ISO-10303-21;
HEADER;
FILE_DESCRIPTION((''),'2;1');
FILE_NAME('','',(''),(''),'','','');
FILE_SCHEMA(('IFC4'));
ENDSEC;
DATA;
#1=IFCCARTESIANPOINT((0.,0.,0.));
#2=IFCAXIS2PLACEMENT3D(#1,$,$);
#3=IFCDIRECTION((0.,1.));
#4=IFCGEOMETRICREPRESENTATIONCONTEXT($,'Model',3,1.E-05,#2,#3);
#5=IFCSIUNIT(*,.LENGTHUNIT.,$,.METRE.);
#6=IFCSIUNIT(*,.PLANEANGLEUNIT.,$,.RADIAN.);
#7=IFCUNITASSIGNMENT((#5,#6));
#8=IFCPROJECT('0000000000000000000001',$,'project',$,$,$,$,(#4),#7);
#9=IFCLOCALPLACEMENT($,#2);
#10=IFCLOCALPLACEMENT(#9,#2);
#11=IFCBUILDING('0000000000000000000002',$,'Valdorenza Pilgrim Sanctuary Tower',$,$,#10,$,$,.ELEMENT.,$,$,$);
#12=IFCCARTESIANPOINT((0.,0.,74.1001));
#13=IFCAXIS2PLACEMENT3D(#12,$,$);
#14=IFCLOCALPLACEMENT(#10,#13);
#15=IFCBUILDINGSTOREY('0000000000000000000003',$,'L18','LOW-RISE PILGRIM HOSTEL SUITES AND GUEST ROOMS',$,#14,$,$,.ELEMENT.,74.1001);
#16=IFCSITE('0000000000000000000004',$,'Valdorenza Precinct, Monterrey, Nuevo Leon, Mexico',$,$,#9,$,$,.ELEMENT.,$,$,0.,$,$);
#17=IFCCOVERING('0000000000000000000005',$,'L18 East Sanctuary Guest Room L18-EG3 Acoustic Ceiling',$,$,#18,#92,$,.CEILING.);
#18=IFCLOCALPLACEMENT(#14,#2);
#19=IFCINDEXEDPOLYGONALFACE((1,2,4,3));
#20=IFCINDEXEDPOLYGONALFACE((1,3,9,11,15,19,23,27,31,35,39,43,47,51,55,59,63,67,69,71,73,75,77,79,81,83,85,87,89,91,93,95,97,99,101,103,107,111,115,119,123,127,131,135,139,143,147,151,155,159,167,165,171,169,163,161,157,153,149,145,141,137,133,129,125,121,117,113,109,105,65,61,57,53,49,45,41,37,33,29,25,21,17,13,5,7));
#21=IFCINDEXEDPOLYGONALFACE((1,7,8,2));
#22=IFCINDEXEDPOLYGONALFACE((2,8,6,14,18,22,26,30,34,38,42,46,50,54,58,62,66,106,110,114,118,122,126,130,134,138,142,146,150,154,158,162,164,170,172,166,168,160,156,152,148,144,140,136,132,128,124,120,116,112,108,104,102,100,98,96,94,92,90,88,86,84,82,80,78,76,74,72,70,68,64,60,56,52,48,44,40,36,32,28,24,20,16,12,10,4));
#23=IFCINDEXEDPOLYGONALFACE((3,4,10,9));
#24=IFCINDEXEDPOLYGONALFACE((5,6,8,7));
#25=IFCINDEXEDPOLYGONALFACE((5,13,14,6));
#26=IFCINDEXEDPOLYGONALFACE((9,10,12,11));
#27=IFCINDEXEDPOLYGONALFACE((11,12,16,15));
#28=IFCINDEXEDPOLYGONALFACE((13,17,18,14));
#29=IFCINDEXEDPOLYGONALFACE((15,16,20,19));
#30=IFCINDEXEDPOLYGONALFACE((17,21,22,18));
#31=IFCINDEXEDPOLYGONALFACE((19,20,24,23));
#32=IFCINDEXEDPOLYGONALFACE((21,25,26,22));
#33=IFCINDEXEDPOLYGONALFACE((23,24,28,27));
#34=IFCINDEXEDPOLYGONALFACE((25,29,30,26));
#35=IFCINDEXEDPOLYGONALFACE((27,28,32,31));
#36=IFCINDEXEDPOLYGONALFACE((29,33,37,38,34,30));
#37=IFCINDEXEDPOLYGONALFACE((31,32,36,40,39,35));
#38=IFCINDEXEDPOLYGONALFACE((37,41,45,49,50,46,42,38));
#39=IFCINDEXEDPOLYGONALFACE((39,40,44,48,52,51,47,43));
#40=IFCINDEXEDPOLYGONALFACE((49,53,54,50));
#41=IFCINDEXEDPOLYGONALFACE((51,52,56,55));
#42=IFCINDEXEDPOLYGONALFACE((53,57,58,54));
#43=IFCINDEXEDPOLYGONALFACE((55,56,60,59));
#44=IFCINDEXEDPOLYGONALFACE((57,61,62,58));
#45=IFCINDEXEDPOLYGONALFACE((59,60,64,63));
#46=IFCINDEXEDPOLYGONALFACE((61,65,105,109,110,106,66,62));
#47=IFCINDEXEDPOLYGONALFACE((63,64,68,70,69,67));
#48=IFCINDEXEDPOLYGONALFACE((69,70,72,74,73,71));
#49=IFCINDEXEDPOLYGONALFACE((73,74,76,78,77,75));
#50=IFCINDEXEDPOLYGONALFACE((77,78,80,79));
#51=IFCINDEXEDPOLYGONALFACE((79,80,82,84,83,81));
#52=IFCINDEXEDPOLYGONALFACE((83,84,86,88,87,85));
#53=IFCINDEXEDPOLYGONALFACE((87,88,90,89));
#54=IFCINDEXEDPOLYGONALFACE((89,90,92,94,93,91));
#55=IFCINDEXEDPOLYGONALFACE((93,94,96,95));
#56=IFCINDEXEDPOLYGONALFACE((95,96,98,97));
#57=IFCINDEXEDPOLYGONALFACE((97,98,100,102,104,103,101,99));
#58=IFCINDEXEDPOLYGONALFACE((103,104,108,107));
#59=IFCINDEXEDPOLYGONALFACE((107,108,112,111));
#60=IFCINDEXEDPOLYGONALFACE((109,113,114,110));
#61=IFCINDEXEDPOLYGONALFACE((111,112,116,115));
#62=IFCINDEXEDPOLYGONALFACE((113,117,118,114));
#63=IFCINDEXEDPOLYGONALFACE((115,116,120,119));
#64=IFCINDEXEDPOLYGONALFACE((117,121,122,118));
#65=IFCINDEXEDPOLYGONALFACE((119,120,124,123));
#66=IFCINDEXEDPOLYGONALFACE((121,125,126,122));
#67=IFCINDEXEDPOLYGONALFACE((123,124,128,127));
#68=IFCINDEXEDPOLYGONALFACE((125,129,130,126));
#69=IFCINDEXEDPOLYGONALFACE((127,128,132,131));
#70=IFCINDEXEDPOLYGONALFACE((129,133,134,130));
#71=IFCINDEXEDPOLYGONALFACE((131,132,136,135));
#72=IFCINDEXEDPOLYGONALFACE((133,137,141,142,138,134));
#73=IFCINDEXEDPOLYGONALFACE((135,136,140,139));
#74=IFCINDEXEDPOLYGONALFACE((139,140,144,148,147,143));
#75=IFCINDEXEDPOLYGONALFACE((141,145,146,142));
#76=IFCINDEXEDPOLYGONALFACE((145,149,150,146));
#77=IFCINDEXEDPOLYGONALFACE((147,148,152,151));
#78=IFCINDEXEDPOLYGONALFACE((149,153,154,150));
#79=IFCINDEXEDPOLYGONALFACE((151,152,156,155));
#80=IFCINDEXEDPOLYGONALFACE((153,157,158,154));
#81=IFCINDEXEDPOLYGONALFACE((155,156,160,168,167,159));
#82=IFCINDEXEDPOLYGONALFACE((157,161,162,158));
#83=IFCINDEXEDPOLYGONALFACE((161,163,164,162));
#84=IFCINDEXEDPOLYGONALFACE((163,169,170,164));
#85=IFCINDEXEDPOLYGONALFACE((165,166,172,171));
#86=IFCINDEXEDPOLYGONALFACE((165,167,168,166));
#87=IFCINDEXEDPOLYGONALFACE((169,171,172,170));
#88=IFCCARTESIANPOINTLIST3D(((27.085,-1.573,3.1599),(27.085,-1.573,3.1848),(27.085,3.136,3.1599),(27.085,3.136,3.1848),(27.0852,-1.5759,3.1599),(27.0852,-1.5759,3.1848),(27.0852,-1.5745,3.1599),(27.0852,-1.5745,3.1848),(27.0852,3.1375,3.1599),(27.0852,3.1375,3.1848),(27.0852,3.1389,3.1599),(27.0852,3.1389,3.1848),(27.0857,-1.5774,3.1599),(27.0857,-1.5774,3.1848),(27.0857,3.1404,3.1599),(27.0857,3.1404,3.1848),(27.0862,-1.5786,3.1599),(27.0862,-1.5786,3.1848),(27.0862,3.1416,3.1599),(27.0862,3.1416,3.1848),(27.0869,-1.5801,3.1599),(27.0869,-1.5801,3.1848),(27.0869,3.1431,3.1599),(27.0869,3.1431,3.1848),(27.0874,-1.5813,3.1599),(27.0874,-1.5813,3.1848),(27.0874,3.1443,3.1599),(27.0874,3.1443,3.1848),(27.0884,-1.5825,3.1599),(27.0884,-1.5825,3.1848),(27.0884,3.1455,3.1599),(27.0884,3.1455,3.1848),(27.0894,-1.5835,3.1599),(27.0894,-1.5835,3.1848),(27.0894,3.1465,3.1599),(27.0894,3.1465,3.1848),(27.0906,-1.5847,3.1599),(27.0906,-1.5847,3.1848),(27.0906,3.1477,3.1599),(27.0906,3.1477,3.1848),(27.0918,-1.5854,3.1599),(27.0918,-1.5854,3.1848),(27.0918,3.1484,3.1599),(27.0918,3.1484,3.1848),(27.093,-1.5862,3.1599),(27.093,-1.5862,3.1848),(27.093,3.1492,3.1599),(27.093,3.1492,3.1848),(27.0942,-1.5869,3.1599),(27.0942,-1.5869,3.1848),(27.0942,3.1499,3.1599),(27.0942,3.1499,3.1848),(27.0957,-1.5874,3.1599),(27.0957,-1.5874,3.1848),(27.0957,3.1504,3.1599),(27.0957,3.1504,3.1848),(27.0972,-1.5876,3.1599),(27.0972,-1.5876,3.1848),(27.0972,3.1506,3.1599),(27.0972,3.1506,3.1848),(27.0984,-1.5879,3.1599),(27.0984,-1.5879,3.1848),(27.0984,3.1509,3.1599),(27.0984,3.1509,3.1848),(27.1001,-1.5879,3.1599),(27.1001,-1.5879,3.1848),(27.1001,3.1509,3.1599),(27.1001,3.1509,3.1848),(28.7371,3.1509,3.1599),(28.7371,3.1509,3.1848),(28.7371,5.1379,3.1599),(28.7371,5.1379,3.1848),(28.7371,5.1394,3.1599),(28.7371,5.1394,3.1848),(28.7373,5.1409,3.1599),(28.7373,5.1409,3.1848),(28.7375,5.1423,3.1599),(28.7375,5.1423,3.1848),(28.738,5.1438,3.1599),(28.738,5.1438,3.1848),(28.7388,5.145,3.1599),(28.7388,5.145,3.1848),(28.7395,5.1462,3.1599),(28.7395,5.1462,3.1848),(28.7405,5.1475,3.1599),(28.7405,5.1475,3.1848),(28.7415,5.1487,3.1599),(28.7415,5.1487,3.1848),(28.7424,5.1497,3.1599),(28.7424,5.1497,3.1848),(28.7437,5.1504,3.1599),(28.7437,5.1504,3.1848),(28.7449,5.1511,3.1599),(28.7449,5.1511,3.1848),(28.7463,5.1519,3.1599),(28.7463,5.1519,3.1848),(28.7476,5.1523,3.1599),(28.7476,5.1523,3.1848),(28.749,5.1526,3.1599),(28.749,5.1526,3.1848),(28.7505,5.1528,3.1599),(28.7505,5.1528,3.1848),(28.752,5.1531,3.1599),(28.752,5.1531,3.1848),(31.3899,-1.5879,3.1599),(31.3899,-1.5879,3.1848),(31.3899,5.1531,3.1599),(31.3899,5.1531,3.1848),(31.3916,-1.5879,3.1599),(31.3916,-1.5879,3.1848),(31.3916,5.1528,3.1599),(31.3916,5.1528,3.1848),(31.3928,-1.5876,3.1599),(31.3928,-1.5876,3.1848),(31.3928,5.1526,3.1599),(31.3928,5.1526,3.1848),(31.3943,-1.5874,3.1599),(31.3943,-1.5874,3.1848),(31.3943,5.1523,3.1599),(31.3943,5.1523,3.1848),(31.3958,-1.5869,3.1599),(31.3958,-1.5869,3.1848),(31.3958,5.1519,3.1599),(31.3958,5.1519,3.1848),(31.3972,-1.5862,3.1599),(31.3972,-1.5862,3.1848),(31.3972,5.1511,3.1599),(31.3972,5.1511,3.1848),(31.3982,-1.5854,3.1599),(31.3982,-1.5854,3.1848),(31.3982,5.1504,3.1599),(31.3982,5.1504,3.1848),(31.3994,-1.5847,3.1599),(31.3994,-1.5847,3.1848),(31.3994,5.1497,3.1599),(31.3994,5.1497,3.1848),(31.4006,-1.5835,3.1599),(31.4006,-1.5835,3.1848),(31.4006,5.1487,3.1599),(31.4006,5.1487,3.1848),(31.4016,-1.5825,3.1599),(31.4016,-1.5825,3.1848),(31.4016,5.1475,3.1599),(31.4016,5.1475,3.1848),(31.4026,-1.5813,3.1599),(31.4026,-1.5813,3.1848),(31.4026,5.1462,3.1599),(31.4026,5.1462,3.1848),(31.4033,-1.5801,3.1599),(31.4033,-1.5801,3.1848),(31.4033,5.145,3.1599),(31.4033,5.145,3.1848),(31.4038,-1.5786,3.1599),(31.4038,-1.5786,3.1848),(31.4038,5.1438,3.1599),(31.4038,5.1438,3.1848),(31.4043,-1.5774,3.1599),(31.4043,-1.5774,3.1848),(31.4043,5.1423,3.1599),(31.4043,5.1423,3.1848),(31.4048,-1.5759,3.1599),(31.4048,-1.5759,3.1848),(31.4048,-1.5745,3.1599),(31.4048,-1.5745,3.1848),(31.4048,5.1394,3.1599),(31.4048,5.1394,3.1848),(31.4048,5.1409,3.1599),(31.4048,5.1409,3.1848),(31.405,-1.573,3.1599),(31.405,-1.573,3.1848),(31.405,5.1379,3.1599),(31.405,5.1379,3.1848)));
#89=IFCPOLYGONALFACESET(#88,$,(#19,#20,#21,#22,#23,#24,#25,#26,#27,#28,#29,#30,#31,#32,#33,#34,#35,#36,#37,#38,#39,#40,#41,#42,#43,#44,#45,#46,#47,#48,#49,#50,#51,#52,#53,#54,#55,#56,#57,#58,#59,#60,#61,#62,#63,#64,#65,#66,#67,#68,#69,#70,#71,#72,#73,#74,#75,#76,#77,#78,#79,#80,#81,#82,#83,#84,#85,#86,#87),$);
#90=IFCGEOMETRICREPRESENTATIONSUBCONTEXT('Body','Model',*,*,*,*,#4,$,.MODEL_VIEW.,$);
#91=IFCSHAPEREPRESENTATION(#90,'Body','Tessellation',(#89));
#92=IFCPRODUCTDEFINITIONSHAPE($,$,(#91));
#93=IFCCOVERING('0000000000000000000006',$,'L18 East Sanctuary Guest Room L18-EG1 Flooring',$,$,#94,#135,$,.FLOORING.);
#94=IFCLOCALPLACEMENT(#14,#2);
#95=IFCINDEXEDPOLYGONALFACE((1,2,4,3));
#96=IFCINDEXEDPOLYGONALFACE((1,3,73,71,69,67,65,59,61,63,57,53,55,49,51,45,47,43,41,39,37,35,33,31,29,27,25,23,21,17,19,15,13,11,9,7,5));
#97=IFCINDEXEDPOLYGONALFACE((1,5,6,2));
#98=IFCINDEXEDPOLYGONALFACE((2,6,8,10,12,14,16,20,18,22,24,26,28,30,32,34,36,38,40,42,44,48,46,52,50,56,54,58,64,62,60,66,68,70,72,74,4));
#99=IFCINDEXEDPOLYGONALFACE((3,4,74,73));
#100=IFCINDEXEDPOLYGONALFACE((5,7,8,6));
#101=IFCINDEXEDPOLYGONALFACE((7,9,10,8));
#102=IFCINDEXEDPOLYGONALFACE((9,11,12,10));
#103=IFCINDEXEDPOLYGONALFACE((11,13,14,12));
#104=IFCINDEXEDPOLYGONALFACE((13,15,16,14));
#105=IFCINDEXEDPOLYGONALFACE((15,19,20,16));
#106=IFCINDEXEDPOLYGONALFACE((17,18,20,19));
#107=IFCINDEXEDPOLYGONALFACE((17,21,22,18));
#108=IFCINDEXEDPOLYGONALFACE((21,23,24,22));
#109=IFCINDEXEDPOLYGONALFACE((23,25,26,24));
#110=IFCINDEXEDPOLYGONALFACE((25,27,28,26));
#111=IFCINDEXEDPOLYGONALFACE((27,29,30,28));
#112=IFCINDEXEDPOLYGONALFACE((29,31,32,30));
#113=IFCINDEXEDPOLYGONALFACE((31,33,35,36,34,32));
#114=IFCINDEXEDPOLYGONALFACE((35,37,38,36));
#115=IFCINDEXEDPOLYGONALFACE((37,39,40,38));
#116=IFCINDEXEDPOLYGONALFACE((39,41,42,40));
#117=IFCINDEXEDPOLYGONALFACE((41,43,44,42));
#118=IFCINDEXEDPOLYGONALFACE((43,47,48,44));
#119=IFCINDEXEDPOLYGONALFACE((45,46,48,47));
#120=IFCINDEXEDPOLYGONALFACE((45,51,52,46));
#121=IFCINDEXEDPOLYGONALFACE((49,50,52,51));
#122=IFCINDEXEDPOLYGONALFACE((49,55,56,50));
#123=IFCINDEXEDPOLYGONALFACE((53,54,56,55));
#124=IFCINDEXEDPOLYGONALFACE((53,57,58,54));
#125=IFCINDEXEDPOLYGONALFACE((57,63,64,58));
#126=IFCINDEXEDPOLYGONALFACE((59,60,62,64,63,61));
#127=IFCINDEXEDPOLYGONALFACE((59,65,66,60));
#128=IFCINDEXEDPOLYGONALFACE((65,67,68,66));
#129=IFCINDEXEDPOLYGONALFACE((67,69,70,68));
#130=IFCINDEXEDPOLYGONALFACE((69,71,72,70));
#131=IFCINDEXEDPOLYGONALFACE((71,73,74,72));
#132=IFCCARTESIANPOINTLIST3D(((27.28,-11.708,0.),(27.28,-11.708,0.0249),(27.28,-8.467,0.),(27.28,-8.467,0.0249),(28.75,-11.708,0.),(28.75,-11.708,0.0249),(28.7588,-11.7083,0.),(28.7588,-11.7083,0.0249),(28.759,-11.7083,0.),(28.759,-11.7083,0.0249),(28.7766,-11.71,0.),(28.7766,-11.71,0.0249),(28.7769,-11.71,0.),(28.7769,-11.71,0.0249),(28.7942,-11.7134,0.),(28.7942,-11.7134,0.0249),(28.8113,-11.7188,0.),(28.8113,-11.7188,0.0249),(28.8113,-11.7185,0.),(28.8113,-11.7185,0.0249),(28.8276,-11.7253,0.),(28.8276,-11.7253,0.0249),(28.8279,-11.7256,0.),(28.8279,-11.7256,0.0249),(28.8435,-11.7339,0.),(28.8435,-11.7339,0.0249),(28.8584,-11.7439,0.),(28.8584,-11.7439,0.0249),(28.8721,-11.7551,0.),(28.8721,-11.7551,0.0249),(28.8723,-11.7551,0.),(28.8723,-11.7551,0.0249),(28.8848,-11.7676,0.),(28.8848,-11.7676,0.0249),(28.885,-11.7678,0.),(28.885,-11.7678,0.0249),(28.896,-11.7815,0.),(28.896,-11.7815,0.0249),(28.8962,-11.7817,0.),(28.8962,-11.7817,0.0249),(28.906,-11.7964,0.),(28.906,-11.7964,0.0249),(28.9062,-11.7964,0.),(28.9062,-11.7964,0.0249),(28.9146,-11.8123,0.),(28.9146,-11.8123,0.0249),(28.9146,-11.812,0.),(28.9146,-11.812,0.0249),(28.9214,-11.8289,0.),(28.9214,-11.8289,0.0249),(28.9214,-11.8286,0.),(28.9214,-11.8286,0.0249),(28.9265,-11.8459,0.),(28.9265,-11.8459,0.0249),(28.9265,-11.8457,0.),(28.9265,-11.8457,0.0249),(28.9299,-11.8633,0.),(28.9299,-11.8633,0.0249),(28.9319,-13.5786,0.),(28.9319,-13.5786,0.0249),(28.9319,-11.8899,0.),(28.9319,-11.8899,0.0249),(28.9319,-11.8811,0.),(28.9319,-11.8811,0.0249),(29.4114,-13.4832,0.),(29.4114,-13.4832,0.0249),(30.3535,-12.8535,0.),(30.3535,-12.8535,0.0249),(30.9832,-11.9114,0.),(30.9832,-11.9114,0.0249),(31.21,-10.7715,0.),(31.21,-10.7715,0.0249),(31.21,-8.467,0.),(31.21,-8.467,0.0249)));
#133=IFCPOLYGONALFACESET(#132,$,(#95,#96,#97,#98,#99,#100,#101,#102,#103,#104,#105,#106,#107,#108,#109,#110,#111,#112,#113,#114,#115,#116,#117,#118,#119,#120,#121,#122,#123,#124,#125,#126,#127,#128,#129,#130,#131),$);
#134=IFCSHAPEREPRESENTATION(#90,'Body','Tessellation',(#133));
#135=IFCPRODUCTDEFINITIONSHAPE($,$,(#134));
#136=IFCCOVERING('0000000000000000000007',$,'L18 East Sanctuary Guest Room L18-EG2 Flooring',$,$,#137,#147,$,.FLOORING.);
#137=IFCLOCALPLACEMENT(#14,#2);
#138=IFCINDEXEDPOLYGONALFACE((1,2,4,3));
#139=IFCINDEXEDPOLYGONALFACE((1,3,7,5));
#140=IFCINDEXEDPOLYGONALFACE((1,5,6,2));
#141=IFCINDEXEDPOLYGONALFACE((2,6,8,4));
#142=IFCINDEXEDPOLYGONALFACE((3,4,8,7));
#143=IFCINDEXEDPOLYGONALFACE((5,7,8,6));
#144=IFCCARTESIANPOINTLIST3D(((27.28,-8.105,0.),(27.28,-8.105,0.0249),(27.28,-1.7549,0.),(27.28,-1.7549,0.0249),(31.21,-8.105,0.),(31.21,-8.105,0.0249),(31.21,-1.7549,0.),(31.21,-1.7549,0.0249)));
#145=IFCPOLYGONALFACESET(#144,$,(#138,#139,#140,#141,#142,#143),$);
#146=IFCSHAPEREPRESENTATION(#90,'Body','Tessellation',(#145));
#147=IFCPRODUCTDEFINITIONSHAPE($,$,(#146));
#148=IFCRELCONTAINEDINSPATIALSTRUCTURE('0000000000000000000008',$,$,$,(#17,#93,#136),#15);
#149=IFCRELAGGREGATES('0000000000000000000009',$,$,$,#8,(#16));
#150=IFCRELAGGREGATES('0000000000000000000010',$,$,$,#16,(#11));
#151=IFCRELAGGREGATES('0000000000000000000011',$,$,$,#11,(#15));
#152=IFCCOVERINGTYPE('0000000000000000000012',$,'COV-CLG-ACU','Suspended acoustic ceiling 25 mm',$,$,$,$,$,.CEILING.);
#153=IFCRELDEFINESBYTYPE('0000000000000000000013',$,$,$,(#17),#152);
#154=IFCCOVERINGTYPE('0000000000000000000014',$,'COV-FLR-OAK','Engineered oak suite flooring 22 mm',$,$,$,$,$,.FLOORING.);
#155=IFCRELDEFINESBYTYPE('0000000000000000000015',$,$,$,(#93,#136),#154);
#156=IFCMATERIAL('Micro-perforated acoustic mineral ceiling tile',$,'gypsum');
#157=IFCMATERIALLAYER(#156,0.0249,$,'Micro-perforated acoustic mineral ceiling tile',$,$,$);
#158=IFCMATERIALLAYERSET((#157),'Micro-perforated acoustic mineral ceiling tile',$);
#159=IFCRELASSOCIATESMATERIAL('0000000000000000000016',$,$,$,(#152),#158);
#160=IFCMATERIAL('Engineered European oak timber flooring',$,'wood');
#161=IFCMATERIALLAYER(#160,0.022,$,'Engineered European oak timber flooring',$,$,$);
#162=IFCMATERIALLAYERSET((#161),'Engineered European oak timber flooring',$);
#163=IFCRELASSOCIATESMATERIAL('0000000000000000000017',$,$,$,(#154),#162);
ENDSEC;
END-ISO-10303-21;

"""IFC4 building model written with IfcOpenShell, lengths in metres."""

from ifc_helpers import new_model, si_unit, direction, frame, origin, place, context, subcontext, project, spatial, polyline, outline, extrude, material, layer, layer_set, type_object, element, save


model = new_model("IFC4")

# Units and contexts
model_context = context("Model", 3, precision=1e-05, world=origin(), true_north=direction((0.0, 1.0)))
body_context = subcontext(model_context, "Body", "Model", "MODEL_VIEW")
ifc_project = project(units=[si_unit("LENGTHUNIT", "METRE"), si_unit("PLANEANGLEUNIT", "RADIAN")], contexts=[model_context])

# Site, building, storey
site_placement = place(None, origin())
site = spatial("IfcSite", under=ifc_project, at=site_placement, Name="Valdorenza Precinct, Monterrey, Nuevo Leon, Mexico", CompositionType="ELEMENT", RefElevation=0.0)
building_placement = place(site_placement, origin())
building = spatial("IfcBuilding", under=site, at=building_placement, Name="Valdorenza Pilgrim Sanctuary Tower", CompositionType="ELEMENT")
storey_placement = place(building_placement, frame((0.0, 0.0, 74.1001)))
storey = spatial("IfcBuildingStorey", under=building, at=storey_placement, Name="L18", Description="LOW-RISE PILGRIM HOSTEL SUITES AND GUEST ROOMS", CompositionType="ELEMENT", Elevation=74.1001)

# Coverings
ifc_material_1 = material(Name="Micro-perforated acoustic mineral ceiling tile", Category="gypsum")
ifc_layer_1 = layer(ifc_material_1, 0.0249, Name="Micro-perforated acoustic mineral ceiling tile")
ifc_layer_set_1 = layer_set([ifc_layer_1], Name="Micro-perforated acoustic mineral ceiling tile")
covering_type_1 = type_object("IfcCoveringType", Name="COV-CLG-ACU", Description="Suspended acoustic ceiling 25 mm", PredefinedType="CEILING", material=ifc_layer_set_1)
covering_1_placement = place(storey_placement, frame((0.0, 0.0, 3.1599)))
element("IfcCovering", 1, at=covering_1_placement, inside=storey, type_object=covering_type_1, Name="L18 East Sanctuary Guest Room L18-EG3 Acoustic Ceiling", PredefinedType="CEILING", context=body_context, shape_type="SweptSolid", body=[
    extrude(outline(polyline([(27.085, 3.136), (27.0852, 3.1375), (27.0852, 3.1389), (27.0857, 3.1404), (27.0862, 3.1416), (27.0869, 3.1431), (27.0874, 3.1443), (27.0884, 3.1455), (27.0894, 3.1465), (27.0906, 3.1477), (27.0918, 3.1484), (27.093, 3.1492), (27.0942, 3.1499), (27.0957, 3.1504), (27.0972, 3.1506), (27.0984, 3.1509), (27.1001, 3.1509), (28.7371, 3.1509), (28.7371, 5.1379), (28.7371, 5.1394), (28.7373, 5.1409), (28.7375, 5.1423), (28.738, 5.1438), (28.7388, 5.145), (28.7395, 5.1462), (28.7405, 5.1475), (28.7415, 5.1487), (28.7424, 5.1497), (28.7437, 5.1504), (28.7449, 5.1511), (28.7463, 5.1519), (28.7476, 5.1523), (28.749, 5.1526), (28.7505, 5.1528), (28.752, 5.1531), (31.3899, 5.1531), (31.3916, 5.1528), (31.3928, 5.1526), (31.3943, 5.1523), (31.3958, 5.1519), (31.3972, 5.1511), (31.3982, 5.1504), (31.3994, 5.1497), (31.4006, 5.1487), (31.4016, 5.1475), (31.4026, 5.1462), (31.4033, 5.145), (31.4038, 5.1438), (31.4043, 5.1423), (31.4048, 5.1409), (31.4048, 5.1394), (31.405, 5.1379), (31.405, -1.573), (31.4048, -1.5745), (31.4048, -1.5759), (31.4043, -1.5774), (31.4038, -1.5786), (31.4033, -1.5801), (31.4026, -1.5813), (31.4016, -1.5825), (31.4006, -1.5835), (31.3994, -1.5847), (31.3982, -1.5854), (31.3972, -1.5862), (31.3958, -1.5869), (31.3943, -1.5874), (31.3928, -1.5876), (31.3916, -1.5879), (31.3899, -1.5879), (27.1001, -1.5879), (27.0984, -1.5879), (27.0972, -1.5876), (27.0957, -1.5874), (27.0942, -1.5869), (27.093, -1.5862), (27.0918, -1.5854), (27.0906, -1.5847), (27.0894, -1.5835), (27.0884, -1.5825), (27.0874, -1.5813), (27.0869, -1.5801), (27.0862, -1.5786), (27.0857, -1.5774), (27.0852, -1.5759), (27.0852, -1.5745), (27.085, -1.573), (27.085, 3.136)])), origin(), (0.0, 0.0, 1.0), 0.0249),
])
ifc_material_2 = material(Name="Engineered European oak timber flooring", Category="wood")
ifc_layer_2 = layer(ifc_material_2, 0.022, Name="Engineered European oak timber flooring")
ifc_layer_set_2 = layer_set([ifc_layer_2], Name="Engineered European oak timber flooring")
covering_type_2 = type_object("IfcCoveringType", Name="COV-FLR-OAK", Description="Engineered oak suite flooring 22 mm", PredefinedType="FLOORING", material=ifc_layer_set_2)
covering_2_placement = place(storey_placement, origin())
element("IfcCovering", 2, at=covering_2_placement, inside=storey, type_object=covering_type_2, Name="L18 East Sanctuary Guest Room L18-EG1 Flooring", PredefinedType="FLOORING", context=body_context, shape_type="SweptSolid", body=[
    extrude(outline(polyline([(31.21, -10.7715), (30.9832, -11.9114), (30.3535, -12.8535), (29.4114, -13.4832), (28.9319, -13.5786), (28.9319, -11.8899), (28.9319, -11.8811), (28.9319, -11.8811), (28.9299, -11.8633), (28.9299, -11.8633), (28.9265, -11.8459), (28.9265, -11.8457), (28.9214, -11.8289), (28.9214, -11.8286), (28.9146, -11.8123), (28.9146, -11.812), (28.9062, -11.7964), (28.906, -11.7964), (28.8962, -11.7817), (28.896, -11.7815), (28.885, -11.7678), (28.8848, -11.7676), (28.8723, -11.7551), (28.8721, -11.7551), (28.8584, -11.7439), (28.8584, -11.7439), (28.8435, -11.7339), (28.8435, -11.7339), (28.8279, -11.7256), (28.8276, -11.7253), (28.8113, -11.7188), (28.8113, -11.7185), (28.7942, -11.7134), (28.7942, -11.7134), (28.7769, -11.71), (28.7766, -11.71), (28.759, -11.7083), (28.7588, -11.7083), (28.75, -11.708), (27.28, -11.708), (27.28, -8.467), (31.21, -8.467), (31.21, -10.7715)])), origin(), (0.0, 0.0, 1.0), 0.0249),
])
covering_3_placement = place(storey_placement, origin())
element("IfcCovering", 3, at=covering_3_placement, inside=storey, type_object=covering_type_2, Name="L18 East Sanctuary Guest Room L18-EG2 Flooring", PredefinedType="FLOORING", context=body_context, shape_type="SweptSolid", body=[
    extrude(outline(polyline([(31.21, -1.7549), (31.21, -8.105), (27.28, -8.105), (27.28, -1.7549), (31.21, -1.7549)])), origin(), (0.0, 0.0, 1.0), 0.0249),
])

save(model, "model.ifc")
